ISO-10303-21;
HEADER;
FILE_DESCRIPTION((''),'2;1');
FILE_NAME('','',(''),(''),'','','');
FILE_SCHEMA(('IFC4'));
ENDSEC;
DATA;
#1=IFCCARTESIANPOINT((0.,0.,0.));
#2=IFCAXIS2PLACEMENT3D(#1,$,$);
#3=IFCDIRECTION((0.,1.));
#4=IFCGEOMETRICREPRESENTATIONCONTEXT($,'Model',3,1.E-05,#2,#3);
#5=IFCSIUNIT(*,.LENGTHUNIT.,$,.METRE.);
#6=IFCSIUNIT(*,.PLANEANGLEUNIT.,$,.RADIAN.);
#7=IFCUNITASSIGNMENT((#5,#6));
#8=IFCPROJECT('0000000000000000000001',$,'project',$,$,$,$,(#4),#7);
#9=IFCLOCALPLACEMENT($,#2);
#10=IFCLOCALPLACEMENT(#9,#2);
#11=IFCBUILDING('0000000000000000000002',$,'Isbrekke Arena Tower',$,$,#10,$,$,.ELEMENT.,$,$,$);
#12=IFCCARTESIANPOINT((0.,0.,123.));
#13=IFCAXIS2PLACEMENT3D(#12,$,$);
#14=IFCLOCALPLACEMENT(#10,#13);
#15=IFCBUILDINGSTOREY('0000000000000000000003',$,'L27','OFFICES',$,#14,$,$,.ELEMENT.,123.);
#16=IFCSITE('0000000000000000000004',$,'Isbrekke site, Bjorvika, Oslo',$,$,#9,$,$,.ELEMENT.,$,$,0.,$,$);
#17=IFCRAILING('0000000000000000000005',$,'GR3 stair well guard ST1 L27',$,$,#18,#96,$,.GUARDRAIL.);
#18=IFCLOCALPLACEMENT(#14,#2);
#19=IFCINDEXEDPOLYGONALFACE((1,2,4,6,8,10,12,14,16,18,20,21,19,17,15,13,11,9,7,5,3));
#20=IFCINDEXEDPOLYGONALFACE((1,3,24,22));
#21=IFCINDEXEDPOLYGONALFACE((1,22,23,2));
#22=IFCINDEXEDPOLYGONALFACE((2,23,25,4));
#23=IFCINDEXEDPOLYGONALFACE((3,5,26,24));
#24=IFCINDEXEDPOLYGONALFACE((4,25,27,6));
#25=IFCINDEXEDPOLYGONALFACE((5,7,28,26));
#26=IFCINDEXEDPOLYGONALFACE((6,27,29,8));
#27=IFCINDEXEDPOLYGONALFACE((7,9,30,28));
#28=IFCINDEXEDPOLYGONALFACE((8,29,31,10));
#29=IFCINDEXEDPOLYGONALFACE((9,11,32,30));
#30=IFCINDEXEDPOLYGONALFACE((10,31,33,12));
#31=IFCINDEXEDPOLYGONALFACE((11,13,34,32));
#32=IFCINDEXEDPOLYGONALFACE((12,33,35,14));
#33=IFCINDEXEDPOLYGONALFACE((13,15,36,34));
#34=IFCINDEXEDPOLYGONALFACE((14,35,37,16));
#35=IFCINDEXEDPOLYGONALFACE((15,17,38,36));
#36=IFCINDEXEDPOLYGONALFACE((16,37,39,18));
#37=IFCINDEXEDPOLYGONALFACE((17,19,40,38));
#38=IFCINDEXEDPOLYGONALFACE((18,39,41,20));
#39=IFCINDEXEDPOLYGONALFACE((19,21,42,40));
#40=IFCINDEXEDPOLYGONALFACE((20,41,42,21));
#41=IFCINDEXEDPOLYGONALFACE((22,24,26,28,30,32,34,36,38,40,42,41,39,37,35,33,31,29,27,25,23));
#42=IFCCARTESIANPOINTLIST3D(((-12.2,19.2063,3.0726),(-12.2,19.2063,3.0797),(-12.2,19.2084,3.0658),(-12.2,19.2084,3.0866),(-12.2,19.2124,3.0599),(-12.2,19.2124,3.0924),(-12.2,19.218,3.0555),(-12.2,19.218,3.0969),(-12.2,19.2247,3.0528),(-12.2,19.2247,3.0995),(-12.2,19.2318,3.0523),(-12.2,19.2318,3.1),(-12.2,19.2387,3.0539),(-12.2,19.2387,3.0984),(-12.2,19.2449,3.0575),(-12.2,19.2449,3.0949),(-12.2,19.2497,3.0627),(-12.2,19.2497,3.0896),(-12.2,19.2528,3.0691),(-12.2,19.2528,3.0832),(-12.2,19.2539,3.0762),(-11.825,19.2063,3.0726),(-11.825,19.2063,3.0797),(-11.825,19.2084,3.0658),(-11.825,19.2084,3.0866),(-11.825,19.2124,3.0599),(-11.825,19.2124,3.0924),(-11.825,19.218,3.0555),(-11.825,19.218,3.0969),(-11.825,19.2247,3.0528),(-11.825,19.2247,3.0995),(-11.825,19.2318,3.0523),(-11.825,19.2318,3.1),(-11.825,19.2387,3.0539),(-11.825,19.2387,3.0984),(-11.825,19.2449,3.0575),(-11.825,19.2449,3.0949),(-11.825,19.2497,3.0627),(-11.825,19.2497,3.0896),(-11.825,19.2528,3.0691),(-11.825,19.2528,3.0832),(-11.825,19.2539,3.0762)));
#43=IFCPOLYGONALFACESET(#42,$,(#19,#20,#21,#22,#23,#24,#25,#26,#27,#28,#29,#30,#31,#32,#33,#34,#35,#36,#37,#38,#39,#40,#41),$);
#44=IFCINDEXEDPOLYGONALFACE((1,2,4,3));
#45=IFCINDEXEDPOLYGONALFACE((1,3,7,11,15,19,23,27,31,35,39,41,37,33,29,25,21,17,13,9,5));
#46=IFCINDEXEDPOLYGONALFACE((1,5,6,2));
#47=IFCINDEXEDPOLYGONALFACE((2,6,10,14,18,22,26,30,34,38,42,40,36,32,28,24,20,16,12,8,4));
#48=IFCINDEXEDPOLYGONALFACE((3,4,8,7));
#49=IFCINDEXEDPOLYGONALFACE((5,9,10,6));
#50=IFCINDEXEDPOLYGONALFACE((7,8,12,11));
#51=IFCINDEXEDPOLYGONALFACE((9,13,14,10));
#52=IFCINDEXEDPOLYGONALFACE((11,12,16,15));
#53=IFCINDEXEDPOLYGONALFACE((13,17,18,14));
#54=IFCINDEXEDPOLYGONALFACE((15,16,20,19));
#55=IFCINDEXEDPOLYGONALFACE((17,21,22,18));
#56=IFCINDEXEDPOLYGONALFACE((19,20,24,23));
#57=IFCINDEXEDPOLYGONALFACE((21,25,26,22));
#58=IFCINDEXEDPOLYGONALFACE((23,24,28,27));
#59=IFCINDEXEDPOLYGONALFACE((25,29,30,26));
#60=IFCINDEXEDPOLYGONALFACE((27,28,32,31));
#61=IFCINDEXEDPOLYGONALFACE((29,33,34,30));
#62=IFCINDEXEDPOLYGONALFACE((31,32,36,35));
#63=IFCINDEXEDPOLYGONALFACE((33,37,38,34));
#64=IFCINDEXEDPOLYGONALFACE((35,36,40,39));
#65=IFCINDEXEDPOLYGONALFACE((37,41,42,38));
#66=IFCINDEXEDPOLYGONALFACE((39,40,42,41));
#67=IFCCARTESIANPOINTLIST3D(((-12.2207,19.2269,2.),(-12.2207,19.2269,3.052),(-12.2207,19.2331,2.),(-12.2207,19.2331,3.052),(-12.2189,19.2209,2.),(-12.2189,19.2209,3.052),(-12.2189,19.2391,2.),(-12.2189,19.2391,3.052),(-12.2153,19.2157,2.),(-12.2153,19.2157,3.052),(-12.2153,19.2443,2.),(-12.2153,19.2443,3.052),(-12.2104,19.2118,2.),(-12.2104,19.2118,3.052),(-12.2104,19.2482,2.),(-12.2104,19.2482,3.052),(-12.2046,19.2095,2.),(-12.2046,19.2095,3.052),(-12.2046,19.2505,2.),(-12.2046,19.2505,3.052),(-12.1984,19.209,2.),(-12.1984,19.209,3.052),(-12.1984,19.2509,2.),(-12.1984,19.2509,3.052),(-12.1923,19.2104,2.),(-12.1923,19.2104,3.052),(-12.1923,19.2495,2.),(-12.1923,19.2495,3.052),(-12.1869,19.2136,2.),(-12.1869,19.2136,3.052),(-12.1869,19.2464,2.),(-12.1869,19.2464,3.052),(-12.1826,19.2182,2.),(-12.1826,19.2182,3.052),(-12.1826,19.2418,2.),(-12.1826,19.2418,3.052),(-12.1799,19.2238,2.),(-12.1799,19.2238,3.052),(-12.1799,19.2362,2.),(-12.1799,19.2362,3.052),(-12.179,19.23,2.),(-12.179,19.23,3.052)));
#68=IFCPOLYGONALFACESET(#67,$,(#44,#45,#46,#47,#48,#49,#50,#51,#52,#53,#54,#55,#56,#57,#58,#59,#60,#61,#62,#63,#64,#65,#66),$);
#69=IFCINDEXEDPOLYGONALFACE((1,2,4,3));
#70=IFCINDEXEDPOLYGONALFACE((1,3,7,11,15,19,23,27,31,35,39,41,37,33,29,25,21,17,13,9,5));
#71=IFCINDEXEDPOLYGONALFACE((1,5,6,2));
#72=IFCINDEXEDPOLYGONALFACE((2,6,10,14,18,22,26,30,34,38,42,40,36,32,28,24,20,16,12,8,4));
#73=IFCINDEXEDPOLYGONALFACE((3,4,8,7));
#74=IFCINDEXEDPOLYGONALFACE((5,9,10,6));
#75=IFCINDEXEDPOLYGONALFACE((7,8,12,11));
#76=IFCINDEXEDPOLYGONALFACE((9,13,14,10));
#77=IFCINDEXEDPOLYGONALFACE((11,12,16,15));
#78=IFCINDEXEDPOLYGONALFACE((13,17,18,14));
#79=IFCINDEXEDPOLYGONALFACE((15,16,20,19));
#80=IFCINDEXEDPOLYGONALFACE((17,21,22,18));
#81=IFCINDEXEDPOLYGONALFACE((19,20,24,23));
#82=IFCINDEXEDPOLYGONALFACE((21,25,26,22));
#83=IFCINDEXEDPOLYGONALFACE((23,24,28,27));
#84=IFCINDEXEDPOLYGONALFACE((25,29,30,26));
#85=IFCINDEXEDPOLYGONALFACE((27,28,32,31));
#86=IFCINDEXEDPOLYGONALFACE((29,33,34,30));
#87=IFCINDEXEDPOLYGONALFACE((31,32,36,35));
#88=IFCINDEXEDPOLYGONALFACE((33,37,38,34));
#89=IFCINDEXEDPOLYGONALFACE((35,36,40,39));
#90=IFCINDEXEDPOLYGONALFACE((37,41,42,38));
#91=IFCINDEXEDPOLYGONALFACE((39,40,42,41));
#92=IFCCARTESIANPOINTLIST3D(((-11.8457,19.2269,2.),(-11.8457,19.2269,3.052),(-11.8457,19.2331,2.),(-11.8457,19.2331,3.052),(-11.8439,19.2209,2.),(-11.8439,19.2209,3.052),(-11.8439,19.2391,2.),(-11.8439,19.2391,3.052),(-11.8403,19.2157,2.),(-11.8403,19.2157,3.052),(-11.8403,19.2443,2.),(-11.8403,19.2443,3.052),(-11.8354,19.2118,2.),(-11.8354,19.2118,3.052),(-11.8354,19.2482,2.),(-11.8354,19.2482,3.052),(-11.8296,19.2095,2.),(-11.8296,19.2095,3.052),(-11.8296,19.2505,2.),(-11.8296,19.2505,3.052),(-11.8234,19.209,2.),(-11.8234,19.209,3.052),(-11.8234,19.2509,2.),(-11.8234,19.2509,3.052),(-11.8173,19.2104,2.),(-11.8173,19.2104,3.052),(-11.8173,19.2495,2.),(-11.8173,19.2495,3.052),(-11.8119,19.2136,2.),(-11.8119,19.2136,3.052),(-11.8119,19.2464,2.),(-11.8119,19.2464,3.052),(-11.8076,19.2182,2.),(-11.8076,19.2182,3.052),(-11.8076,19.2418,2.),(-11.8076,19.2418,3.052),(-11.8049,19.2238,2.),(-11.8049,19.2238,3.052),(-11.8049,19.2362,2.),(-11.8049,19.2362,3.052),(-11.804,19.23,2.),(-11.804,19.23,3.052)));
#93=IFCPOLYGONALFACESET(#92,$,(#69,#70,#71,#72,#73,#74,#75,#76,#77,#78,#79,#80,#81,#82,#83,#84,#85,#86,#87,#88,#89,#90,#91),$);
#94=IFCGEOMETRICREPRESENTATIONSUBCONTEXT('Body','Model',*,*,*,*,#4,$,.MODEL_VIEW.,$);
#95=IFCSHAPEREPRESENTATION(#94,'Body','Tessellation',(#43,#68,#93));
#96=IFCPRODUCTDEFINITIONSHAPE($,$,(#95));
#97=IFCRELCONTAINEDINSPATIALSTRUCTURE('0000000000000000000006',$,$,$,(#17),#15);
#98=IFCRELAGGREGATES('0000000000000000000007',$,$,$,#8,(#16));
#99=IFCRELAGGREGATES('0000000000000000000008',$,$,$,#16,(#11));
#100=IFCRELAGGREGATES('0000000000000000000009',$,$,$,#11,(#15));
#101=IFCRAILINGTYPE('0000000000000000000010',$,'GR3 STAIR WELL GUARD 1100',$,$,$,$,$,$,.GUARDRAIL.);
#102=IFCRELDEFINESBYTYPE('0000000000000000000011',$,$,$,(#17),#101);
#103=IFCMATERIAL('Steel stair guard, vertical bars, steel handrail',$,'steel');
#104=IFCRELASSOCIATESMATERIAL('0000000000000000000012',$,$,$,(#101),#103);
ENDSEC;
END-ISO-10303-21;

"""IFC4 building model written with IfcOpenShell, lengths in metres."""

from ifc_helpers import new_model, si_unit, direction, frame, origin, origin_2d, place, context, subcontext, project, spatial, circle, extrude, material, type_object, element, save


model = new_model("IFC4")

# Units and contexts
model_context = context("Model", 3, precision=1e-05, world=origin(), true_north=direction((0.0, 1.0)))
body_context = subcontext(model_context, "Body", "Model", "MODEL_VIEW")
ifc_project = project(units=[si_unit("LENGTHUNIT", "METRE"), si_unit("PLANEANGLEUNIT", "RADIAN")], contexts=[model_context])

# Site, building, storey
site_placement = place(None, origin())
site = spatial("IfcSite", under=ifc_project, at=site_placement, Name="Isbrekke site, Bjorvika, Oslo", CompositionType="ELEMENT", RefElevation=0.0)
building_placement = place(site_placement, origin())
building = spatial("IfcBuilding", under=site, at=building_placement, Name="Isbrekke Arena Tower", CompositionType="ELEMENT")
storey_placement = place(building_placement, frame((0.0, 0.0, 123.0)))
storey = spatial("IfcBuildingStorey", under=building, at=storey_placement, Name="L27", Description="OFFICES", CompositionType="ELEMENT", Elevation=123.0)

# Railing
ifc_material_1 = material(Name="Steel stair guard, vertical bars, steel handrail", Category="steel")
railing_type = type_object("IfcRailingType", Name="GR3 STAIR WELL GUARD 1100", PredefinedType="GUARDRAIL", material=ifc_material_1)
for number, where, name in (
    (1, (-12.2, 19.23, 2.0), "GR3 stair well guard ST1 L27"),
):
    element("IfcRailing", number, at=place(storey_placement, frame(where)), inside=storey, type_object=railing_type, Name=name, PredefinedType="GUARDRAIL", context=body_context, shape_type="SweptSolid", body=[
        extrude(circle(Radius=0.0239, at=origin_2d()), frame((0.0, 0.0, 1.0762), z_axis=(1.0, 0.0, 0.0), x_axis=(0.0, 1.0, 0.0)), (0.0, 0.0, 1.0), 0.375),
        extrude(circle(Radius=0.021, at=origin_2d()), origin(), (0.0, 0.0, 1.0), 1.052),
        extrude(circle(Radius=0.021, at=origin_2d()), frame((0.375, 0.0, 0.0)), (0.0, 0.0, 1.0), 1.052),
    ])

save(model, "model.ifc")
